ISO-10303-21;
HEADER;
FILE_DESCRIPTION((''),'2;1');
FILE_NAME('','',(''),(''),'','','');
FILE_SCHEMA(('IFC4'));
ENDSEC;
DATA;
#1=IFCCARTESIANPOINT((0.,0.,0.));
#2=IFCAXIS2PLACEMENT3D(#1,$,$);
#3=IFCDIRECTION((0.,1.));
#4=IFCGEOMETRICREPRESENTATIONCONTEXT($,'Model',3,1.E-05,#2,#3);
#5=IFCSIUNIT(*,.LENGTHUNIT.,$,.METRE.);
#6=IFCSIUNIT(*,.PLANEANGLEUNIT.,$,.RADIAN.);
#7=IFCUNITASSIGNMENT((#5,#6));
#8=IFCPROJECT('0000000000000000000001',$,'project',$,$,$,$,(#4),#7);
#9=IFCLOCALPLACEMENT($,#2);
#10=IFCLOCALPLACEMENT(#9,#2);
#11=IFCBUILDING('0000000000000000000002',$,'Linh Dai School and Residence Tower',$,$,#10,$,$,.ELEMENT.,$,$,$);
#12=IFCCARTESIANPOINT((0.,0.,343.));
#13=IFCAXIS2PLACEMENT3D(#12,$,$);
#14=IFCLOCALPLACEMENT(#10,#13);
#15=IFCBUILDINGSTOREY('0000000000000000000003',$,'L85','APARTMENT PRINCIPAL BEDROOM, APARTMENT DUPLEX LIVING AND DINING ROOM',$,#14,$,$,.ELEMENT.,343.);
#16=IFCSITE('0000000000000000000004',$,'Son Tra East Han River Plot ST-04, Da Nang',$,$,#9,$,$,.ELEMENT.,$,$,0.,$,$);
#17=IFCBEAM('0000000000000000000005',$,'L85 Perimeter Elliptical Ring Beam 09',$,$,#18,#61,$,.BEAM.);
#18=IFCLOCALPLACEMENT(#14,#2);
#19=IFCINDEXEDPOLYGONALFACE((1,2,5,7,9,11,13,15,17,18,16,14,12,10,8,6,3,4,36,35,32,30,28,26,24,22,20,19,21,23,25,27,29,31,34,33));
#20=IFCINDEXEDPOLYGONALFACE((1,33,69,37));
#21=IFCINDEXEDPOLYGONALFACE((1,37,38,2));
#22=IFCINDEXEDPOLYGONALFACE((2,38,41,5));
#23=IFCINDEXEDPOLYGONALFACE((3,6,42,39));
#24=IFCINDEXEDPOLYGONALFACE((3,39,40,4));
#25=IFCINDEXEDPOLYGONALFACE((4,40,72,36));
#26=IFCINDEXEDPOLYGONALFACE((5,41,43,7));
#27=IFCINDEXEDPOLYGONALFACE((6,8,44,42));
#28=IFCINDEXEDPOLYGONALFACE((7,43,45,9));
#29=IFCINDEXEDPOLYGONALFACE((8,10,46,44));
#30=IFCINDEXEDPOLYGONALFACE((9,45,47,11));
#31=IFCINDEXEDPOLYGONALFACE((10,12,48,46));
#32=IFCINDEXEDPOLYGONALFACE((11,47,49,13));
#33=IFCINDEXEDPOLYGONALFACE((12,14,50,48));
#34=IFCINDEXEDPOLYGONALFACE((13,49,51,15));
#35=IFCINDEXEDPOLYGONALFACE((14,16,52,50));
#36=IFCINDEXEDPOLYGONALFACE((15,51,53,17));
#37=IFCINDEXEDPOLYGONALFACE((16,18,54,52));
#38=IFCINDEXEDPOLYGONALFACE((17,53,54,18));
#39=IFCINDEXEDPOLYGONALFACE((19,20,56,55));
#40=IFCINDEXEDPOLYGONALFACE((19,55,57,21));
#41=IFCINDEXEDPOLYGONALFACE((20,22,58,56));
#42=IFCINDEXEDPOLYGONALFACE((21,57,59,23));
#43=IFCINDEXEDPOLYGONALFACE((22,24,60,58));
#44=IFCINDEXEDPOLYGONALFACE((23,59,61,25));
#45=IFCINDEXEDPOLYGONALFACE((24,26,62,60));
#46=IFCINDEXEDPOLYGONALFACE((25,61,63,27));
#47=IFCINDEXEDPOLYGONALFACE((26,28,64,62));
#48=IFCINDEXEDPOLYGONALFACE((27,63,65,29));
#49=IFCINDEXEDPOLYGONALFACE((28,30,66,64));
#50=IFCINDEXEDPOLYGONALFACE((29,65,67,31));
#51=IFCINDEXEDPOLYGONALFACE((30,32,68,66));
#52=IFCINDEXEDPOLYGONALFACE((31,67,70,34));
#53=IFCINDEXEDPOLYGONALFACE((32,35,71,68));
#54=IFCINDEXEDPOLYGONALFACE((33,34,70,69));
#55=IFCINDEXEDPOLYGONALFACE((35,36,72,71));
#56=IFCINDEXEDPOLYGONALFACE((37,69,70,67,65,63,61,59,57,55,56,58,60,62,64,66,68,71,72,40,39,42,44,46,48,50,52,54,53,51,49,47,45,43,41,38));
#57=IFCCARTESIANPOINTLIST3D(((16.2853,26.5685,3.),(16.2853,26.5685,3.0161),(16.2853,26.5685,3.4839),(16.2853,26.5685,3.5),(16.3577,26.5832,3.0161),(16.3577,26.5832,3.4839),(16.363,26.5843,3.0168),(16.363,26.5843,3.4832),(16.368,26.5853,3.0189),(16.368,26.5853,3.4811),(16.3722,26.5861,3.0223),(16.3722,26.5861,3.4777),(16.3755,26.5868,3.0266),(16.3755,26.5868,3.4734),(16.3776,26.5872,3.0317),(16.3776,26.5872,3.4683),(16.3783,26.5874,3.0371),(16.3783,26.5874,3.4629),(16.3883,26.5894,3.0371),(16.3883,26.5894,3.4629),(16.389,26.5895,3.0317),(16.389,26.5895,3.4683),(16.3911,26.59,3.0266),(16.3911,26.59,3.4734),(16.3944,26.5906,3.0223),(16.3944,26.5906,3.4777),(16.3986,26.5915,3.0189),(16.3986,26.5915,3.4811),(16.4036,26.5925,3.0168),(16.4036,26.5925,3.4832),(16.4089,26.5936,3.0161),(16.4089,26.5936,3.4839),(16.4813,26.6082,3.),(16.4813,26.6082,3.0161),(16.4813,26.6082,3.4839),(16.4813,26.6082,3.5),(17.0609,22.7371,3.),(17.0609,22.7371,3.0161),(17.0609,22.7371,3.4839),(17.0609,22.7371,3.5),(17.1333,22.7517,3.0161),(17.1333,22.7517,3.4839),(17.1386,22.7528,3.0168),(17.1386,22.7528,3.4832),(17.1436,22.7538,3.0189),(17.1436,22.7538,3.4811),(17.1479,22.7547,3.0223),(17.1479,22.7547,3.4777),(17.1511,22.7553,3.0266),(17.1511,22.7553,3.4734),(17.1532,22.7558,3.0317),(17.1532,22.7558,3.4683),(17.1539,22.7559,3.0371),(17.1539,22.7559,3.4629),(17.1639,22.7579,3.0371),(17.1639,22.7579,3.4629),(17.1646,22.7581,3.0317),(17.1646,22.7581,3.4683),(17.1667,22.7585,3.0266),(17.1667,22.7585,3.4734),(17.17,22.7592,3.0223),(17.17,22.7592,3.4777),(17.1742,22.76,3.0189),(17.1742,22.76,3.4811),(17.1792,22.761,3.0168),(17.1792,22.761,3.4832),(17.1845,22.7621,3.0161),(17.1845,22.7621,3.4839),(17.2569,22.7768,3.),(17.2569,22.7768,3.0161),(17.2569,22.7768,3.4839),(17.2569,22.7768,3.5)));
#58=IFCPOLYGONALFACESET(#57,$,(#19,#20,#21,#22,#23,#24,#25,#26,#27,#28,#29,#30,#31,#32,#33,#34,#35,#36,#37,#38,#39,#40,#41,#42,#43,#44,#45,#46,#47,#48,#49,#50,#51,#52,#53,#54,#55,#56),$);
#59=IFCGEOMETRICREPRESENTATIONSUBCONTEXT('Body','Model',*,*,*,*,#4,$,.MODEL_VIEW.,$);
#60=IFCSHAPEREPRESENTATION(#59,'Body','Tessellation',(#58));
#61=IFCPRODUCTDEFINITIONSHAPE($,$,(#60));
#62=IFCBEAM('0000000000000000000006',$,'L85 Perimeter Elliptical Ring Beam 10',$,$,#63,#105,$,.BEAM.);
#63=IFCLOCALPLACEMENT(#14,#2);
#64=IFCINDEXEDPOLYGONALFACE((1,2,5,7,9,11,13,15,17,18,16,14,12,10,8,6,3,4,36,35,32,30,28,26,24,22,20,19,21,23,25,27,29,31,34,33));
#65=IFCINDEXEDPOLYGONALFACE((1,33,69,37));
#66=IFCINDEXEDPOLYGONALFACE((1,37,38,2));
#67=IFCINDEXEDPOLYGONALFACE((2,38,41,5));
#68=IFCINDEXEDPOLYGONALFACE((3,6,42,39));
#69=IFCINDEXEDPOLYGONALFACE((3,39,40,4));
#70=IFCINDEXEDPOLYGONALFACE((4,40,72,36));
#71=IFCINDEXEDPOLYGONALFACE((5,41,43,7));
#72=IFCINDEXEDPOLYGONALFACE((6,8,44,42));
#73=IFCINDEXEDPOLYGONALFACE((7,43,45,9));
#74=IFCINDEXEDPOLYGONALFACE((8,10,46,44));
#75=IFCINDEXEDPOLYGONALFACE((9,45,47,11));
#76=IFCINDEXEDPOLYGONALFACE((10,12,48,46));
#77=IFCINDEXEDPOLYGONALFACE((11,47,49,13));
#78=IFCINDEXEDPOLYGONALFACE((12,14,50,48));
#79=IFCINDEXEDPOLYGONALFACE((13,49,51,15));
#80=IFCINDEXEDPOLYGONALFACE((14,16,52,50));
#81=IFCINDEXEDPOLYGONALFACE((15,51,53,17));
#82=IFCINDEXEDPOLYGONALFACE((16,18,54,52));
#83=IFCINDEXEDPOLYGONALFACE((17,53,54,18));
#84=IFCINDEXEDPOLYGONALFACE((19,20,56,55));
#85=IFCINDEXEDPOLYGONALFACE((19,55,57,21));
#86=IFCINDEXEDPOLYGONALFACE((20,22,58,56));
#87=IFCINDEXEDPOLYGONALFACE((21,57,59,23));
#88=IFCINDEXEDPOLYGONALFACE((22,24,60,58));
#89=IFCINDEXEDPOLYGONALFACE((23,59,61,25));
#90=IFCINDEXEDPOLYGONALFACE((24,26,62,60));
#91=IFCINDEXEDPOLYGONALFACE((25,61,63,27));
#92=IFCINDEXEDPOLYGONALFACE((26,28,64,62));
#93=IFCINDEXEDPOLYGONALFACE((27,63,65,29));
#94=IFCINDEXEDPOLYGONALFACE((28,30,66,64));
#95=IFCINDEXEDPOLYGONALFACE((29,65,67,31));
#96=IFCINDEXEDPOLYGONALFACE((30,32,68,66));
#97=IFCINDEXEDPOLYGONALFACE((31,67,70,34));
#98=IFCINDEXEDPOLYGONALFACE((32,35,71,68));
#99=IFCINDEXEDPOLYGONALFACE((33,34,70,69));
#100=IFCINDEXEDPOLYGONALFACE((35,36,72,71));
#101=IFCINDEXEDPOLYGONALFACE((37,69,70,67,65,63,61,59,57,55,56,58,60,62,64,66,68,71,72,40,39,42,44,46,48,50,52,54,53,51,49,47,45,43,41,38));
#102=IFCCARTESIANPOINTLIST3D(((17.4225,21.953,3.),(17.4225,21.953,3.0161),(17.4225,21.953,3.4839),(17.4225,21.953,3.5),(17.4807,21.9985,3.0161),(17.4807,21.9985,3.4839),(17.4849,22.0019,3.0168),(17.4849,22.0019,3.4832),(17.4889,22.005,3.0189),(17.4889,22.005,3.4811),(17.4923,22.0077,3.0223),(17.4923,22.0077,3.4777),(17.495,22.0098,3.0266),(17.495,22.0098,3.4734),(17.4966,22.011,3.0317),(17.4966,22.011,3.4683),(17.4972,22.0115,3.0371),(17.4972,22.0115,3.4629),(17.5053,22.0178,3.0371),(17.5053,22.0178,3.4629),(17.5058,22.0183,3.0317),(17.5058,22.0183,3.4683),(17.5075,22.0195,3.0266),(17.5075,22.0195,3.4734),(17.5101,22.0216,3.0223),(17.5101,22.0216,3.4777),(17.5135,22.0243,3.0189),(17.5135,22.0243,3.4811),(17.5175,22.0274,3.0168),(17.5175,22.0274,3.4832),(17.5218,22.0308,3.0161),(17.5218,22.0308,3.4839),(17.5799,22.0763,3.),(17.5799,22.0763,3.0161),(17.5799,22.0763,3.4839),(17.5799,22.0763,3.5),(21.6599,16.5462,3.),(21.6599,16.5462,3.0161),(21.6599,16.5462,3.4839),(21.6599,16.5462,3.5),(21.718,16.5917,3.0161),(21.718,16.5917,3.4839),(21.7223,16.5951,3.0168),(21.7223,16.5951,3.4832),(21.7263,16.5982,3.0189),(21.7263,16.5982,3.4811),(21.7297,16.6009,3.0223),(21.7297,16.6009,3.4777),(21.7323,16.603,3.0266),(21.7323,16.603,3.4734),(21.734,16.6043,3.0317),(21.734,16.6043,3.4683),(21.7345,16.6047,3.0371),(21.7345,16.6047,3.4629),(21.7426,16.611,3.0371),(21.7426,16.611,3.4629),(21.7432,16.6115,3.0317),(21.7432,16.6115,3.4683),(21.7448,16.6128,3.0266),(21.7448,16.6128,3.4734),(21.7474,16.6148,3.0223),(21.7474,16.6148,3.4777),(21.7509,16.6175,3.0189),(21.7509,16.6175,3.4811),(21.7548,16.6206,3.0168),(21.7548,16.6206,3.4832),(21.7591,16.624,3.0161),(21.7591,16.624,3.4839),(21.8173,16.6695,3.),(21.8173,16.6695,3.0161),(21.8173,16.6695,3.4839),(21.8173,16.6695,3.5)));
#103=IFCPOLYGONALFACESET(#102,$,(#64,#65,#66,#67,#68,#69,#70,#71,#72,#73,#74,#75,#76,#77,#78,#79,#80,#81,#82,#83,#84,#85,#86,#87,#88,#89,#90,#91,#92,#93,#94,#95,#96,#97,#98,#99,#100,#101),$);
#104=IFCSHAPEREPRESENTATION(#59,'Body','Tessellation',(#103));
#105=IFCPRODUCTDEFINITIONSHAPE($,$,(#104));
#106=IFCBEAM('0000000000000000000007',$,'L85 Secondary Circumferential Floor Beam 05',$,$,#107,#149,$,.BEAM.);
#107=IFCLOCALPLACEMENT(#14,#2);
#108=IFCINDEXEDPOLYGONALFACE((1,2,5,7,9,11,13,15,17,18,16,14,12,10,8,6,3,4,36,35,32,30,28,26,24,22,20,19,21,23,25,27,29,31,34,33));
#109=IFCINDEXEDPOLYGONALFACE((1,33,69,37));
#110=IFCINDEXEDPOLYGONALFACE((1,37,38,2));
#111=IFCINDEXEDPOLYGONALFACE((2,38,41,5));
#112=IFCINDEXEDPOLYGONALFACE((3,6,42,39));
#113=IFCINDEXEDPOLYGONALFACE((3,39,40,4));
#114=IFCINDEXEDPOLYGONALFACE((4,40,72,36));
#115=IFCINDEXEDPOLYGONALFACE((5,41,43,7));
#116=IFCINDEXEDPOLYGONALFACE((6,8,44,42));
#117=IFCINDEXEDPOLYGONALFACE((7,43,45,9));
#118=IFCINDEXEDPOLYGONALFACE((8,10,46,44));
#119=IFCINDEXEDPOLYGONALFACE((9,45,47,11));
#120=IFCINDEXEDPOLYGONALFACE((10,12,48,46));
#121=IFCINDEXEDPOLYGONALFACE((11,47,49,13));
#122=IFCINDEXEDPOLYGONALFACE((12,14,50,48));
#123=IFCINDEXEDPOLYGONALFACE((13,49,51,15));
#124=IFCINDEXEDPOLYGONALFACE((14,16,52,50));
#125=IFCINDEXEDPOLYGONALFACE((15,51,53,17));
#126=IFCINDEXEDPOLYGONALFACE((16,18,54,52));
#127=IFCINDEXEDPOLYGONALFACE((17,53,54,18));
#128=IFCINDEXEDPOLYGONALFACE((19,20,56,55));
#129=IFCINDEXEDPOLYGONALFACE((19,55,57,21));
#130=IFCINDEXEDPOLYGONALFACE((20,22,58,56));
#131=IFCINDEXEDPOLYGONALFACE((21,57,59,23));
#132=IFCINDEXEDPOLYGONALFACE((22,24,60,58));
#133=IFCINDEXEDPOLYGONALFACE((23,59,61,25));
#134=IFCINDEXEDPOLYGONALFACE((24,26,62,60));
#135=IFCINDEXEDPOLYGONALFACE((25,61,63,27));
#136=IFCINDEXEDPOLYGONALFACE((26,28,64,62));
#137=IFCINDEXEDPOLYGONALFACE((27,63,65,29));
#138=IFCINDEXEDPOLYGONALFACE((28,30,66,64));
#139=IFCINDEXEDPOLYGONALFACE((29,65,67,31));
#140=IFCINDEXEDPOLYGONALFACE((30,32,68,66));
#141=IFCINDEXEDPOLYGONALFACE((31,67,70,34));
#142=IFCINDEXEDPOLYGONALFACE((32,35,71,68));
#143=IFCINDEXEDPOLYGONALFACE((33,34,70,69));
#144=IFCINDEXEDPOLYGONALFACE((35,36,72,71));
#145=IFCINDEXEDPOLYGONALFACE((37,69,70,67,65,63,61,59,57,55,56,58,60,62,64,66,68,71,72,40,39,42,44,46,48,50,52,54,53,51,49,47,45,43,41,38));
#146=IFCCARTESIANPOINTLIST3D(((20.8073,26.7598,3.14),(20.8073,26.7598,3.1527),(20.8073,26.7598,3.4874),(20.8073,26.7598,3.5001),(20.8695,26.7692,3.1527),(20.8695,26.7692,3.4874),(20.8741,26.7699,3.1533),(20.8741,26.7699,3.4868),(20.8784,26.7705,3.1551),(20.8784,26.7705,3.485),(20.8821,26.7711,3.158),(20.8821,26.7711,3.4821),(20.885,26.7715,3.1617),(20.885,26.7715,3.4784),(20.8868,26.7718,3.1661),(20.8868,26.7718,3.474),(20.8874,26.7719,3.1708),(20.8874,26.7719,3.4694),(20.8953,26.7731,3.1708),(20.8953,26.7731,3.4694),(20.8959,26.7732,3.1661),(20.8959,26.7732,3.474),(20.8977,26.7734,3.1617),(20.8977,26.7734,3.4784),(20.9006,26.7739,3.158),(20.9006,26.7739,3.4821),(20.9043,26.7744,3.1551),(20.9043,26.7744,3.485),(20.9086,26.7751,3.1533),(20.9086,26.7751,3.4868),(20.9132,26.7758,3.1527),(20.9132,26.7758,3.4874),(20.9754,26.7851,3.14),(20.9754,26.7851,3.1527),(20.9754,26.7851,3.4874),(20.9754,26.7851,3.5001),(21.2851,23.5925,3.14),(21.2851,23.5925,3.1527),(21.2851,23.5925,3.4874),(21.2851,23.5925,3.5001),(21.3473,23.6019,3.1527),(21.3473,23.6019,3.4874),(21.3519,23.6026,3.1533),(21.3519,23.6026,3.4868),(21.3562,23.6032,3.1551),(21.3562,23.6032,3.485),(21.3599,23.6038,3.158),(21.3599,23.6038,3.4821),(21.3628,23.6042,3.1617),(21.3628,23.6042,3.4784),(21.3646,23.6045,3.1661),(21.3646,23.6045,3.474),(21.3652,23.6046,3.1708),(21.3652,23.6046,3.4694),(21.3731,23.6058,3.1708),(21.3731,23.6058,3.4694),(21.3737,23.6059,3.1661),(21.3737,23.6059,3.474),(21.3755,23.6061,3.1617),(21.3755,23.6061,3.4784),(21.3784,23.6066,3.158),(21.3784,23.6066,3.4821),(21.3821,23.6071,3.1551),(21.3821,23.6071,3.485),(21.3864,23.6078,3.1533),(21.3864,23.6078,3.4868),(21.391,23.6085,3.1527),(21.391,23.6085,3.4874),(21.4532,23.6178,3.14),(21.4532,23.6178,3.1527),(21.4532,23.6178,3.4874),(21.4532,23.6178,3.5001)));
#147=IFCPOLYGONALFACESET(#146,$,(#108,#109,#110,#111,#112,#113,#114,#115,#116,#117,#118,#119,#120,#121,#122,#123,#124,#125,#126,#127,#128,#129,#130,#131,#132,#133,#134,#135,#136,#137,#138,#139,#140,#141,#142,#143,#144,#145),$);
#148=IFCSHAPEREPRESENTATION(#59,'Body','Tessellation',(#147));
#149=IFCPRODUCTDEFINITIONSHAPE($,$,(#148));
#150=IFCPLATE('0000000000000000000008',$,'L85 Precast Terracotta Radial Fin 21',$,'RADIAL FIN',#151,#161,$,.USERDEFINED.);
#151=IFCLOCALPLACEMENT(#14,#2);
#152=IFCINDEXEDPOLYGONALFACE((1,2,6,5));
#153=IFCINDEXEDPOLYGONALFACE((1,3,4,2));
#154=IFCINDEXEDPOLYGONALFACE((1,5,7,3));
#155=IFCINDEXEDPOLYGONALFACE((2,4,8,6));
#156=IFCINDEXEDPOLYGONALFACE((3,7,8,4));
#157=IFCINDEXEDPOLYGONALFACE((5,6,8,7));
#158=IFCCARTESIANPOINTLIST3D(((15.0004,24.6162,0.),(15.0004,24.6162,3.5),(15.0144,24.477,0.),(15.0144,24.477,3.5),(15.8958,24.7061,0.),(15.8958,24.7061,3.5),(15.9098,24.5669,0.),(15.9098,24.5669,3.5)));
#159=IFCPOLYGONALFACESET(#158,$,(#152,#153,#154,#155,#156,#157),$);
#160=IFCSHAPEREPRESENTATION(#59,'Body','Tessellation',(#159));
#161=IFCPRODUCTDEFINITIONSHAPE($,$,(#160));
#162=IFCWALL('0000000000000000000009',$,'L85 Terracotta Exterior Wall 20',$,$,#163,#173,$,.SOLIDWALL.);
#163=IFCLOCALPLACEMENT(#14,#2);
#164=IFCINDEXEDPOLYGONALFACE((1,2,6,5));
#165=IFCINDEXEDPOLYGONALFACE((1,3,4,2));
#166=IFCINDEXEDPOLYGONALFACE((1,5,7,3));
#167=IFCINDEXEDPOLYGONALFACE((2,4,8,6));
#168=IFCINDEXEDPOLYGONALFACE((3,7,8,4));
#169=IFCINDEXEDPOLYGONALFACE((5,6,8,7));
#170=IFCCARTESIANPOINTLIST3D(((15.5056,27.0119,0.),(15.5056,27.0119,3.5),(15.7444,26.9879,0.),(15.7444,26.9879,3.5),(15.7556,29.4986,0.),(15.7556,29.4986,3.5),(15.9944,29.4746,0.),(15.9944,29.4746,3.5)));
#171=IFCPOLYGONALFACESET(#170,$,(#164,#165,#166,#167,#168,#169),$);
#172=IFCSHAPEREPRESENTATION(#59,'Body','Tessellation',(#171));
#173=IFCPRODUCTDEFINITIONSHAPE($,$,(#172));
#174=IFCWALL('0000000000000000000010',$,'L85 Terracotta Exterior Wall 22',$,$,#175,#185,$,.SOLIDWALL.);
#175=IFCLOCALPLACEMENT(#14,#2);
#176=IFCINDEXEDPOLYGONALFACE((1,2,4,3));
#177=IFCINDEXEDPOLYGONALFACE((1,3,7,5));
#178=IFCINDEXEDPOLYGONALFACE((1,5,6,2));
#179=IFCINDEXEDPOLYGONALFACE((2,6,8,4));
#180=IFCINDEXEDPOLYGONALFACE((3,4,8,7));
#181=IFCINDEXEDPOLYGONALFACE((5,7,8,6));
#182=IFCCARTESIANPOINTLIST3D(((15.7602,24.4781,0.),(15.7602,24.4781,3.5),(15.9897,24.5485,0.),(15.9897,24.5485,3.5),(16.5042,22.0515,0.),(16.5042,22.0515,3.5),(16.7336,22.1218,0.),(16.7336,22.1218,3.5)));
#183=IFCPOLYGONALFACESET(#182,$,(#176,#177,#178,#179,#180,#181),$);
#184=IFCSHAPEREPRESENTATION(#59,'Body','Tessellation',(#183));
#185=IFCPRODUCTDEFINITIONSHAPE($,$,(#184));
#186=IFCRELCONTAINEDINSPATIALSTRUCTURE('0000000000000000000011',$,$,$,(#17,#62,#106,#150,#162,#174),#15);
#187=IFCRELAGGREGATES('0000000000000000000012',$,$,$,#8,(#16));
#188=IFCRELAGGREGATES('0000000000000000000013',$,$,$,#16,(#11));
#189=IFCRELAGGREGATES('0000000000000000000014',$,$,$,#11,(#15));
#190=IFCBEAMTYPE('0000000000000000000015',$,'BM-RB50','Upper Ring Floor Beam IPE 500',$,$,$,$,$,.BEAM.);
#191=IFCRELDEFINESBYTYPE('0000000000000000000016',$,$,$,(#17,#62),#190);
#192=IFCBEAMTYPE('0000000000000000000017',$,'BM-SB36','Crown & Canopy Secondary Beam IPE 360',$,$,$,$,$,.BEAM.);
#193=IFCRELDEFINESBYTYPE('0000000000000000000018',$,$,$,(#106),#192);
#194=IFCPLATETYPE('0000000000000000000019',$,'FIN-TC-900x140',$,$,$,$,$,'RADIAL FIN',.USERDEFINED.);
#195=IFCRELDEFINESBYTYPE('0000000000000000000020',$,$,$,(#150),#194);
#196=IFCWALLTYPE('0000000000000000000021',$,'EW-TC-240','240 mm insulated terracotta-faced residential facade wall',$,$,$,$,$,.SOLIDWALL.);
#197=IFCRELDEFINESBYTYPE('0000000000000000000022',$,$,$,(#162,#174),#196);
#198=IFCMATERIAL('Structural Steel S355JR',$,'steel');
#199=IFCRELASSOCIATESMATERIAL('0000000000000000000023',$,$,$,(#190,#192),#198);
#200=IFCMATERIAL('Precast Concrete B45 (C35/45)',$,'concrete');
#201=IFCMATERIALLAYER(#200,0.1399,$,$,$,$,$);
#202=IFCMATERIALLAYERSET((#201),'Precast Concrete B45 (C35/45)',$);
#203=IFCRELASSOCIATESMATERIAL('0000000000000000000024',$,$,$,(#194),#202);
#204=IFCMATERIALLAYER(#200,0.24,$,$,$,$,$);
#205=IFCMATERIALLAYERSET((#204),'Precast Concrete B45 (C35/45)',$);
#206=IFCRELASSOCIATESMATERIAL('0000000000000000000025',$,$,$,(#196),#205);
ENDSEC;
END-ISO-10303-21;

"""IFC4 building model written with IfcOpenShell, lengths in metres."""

from ifc_helpers import new_model, si_unit, direction, frame, frame_2d, origin, origin_2d, place, context, subcontext, project, spatial, rectangle, i_section, extrude, source, transform, mapped, material, layer, layer_set, material_profile, profile_set, type_object, element, save


model = new_model("IFC4")

# Units and contexts
model_context = context("Model", 3, precision=1e-05, world=origin(), true_north=direction((0.0, 1.0)))
body_context = subcontext(model_context, "Body", "Model", "MODEL_VIEW")
ifc_project = project(units=[si_unit("LENGTHUNIT", "METRE"), si_unit("PLANEANGLEUNIT", "RADIAN")], contexts=[model_context])

# Site, building, storey
site_placement = place(None, origin())
site = spatial("IfcSite", under=ifc_project, at=site_placement, Name="Son Tra East Han River Plot ST-04, Da Nang", CompositionType="ELEMENT", RefElevation=0.0)
building_placement = place(site_placement, origin())
building = spatial("IfcBuilding", under=site, at=building_placement, Name="Linh Dai School and Residence Tower", CompositionType="ELEMENT")
storey_placement = place(building_placement, frame((0.0, 0.0, 343.0)))
storey = spatial("IfcBuildingStorey", under=building, at=storey_placement, Name="L85", Description="APARTMENT PRINCIPAL BEDROOM, APARTMENT DUPLEX LIVING AND DINING ROOM", CompositionType="ELEMENT", Elevation=343.0)

# Shared definitions
ifc_material_1 = material(Name="Structural Steel S355JR", Category="steel")

# Beams
ifc_material_profile_1 = material_profile(ifc_material_1, i_section(OverallWidth=0.2, OverallDepth=0.5, WebThickness=0.0103, FlangeThickness=0.0161, FilletRadius=0.021, at=origin_2d()), Name="IPE 500")
ifc_profile_set_1 = profile_set([ifc_material_profile_1], Name="Structural Steel S355JR")
beam_type_1 = type_object("IfcBeamType", Name="BM-RB50", Description="Upper Ring Floor Beam IPE 500", PredefinedType="BEAM", material=ifc_profile_set_1)
beam_1_placement = place(storey_placement, frame((16.3833, 26.5884, 3.25), z_axis=(0.19841, -0.980119, 0.0), x_axis=(0.980119, 0.19841, 0.0)))
element("IfcBeam", 1, at=beam_1_placement, inside=storey, type_object=beam_type_1, Name="L85 Perimeter Elliptical Ring Beam 09", PredefinedType="BEAM", context=body_context, shape_type="SweptSolid", body=[
    extrude(i_section(OverallWidth=0.2, OverallDepth=0.5, WebThickness=0.0103, FlangeThickness=0.0161, FilletRadius=0.021, at=origin_2d()), origin(), (0.0, 0.0, 1.0), 3.9092),
])
beam_2_placement = place(storey_placement, frame((17.5012, 22.0146, 3.25), z_axis=(0.616845, -0.787085, 0.0), x_axis=(0.787085, 0.616845, 0.0)))
element("IfcBeam", 2, at=beam_2_placement, inside=storey, type_object=beam_type_1, Name="L85 Perimeter Elliptical Ring Beam 10", PredefinedType="BEAM", context=body_context, shape_type="SweptSolid", body=[
    extrude(i_section(OverallWidth=0.2, OverallDepth=0.5, WebThickness=0.0103, FlangeThickness=0.0161, FilletRadius=0.021, at=origin_2d()), origin(), (0.0, 0.0, 1.0), 6.8694),
])
ifc_material_profile_2 = material_profile(ifc_material_1, i_section(OverallWidth=0.1699, OverallDepth=0.3601, WebThickness=0.0081, FlangeThickness=0.0127, FilletRadius=0.0181, at=origin_2d()), Name="IPE 360")
ifc_profile_set_2 = profile_set([ifc_material_profile_2], Name="Structural Steel S355JR")
beam_type_2 = type_object("IfcBeamType", Name="BM-SB36", Description="Crown & Canopy Secondary Beam IPE 360", PredefinedType="BEAM", material=ifc_profile_set_2)
beam_3_placement = place(storey_placement, frame((20.8914, 26.7725, 3.3201), z_axis=(0.149164, -0.988812, 0.0), x_axis=(0.988812, 0.149164, 0.0)))
element("IfcBeam", 3, at=beam_3_placement, inside=storey, type_object=beam_type_2, Name="L85 Secondary Circumferential Floor Beam 05", PredefinedType="BEAM", context=body_context, shape_type="SweptSolid", body=[
    extrude(i_section(OverallWidth=0.1699, OverallDepth=0.3601, WebThickness=0.0081, FlangeThickness=0.0127, FilletRadius=0.0181, at=origin_2d()), origin(), (0.0, 0.0, 1.0), 3.2031),
])

# Plate
ifc_material_2 = material(Name="Precast Concrete B45 (C35/45)", Category="concrete")
ifc_layer_1 = layer(ifc_material_2, 0.1399)
ifc_layer_set_1 = layer_set([ifc_layer_1], Name="Precast Concrete B45 (C35/45)")
plate_type = type_object("IfcPlateType", Name="FIN-TC-900x140", ElementType="RADIAL FIN", PredefinedType="USERDEFINED", material=ifc_layer_set_1)
shared_shape_1 = source(origin(), body_context, "Body", "SweptSolid", [
    extrude(rectangle(XDim=0.8999, YDim=0.1399, at=origin_2d()), origin(), (0.0, 0.0, 1.0), 3.5),
])
plate_placement = place(storey_placement, frame((15.4551, 24.5916, 0.0), z_axis=(0.0, 0.0, 1.0), x_axis=(-0.994988, -0.099992, 0.0)))
element("IfcPlate", 4, at=plate_placement, inside=storey, type_object=plate_type, Name="L85 Precast Terracotta Radial Fin 21", ObjectType="RADIAL FIN", PredefinedType="USERDEFINED", context=body_context, shape_type="MappedRepresentation", body=[
    mapped(shared_shape_1, transform((0.0, 0.0, 0.0), x_axis=(1.0, 0.0, 0.0), y_axis=(0.0, 1.0, 0.0), z_axis=(0.0, 0.0, 1.0), scale=1.0)),
])

# Wall
ifc_layer_2 = layer(ifc_material_2, 0.24)
ifc_layer_set_2 = layer_set([ifc_layer_2], Name="Precast Concrete B45 (C35/45)")
wall_type_1 = type_object("IfcWallType", Name="EW-TC-240", Description="240 mm insulated terracotta-faced residential facade wall", PredefinedType="SOLIDWALL", material=ifc_layer_set_2)
wall_1_placement = place(storey_placement, frame((15.625, 27.0, 0.0), z_axis=(0.0, 0.0, 1.0), x_axis=(0.100026, 0.994985, 0.0)))
element("IfcWall", 5, at=wall_1_placement, inside=storey, type_object=wall_type_1, Name="L85 Terracotta Exterior Wall 20", PredefinedType="SOLIDWALL", context=body_context, shape_type="SweptSolid", body=[
    extrude(rectangle(XDim=2.4993, YDim=0.24, at=frame_2d((1.2495, 0.0))), origin(), (0.0, 0.0, 1.0), 3.5),
])

# Wall
wall_2_placement = place(storey_placement, frame((16.6189, 22.0867, 0.0), z_axis=(0.0, 0.0, 1.0), x_axis=(-0.293106, 0.95608, 0.0)))
element("IfcWall", 6, at=wall_2_placement, inside=storey, type_object=wall_type_1, Name="L85 Terracotta Exterior Wall 22", PredefinedType="SOLIDWALL", context=body_context, shape_type="SweptSolid", body=[
    extrude(rectangle(XDim=2.5381, YDim=0.24, at=frame_2d((1.269, 0.0))), origin(), (0.0, 0.0, 1.0), 3.5),
])

save(model, "model.ifc")
